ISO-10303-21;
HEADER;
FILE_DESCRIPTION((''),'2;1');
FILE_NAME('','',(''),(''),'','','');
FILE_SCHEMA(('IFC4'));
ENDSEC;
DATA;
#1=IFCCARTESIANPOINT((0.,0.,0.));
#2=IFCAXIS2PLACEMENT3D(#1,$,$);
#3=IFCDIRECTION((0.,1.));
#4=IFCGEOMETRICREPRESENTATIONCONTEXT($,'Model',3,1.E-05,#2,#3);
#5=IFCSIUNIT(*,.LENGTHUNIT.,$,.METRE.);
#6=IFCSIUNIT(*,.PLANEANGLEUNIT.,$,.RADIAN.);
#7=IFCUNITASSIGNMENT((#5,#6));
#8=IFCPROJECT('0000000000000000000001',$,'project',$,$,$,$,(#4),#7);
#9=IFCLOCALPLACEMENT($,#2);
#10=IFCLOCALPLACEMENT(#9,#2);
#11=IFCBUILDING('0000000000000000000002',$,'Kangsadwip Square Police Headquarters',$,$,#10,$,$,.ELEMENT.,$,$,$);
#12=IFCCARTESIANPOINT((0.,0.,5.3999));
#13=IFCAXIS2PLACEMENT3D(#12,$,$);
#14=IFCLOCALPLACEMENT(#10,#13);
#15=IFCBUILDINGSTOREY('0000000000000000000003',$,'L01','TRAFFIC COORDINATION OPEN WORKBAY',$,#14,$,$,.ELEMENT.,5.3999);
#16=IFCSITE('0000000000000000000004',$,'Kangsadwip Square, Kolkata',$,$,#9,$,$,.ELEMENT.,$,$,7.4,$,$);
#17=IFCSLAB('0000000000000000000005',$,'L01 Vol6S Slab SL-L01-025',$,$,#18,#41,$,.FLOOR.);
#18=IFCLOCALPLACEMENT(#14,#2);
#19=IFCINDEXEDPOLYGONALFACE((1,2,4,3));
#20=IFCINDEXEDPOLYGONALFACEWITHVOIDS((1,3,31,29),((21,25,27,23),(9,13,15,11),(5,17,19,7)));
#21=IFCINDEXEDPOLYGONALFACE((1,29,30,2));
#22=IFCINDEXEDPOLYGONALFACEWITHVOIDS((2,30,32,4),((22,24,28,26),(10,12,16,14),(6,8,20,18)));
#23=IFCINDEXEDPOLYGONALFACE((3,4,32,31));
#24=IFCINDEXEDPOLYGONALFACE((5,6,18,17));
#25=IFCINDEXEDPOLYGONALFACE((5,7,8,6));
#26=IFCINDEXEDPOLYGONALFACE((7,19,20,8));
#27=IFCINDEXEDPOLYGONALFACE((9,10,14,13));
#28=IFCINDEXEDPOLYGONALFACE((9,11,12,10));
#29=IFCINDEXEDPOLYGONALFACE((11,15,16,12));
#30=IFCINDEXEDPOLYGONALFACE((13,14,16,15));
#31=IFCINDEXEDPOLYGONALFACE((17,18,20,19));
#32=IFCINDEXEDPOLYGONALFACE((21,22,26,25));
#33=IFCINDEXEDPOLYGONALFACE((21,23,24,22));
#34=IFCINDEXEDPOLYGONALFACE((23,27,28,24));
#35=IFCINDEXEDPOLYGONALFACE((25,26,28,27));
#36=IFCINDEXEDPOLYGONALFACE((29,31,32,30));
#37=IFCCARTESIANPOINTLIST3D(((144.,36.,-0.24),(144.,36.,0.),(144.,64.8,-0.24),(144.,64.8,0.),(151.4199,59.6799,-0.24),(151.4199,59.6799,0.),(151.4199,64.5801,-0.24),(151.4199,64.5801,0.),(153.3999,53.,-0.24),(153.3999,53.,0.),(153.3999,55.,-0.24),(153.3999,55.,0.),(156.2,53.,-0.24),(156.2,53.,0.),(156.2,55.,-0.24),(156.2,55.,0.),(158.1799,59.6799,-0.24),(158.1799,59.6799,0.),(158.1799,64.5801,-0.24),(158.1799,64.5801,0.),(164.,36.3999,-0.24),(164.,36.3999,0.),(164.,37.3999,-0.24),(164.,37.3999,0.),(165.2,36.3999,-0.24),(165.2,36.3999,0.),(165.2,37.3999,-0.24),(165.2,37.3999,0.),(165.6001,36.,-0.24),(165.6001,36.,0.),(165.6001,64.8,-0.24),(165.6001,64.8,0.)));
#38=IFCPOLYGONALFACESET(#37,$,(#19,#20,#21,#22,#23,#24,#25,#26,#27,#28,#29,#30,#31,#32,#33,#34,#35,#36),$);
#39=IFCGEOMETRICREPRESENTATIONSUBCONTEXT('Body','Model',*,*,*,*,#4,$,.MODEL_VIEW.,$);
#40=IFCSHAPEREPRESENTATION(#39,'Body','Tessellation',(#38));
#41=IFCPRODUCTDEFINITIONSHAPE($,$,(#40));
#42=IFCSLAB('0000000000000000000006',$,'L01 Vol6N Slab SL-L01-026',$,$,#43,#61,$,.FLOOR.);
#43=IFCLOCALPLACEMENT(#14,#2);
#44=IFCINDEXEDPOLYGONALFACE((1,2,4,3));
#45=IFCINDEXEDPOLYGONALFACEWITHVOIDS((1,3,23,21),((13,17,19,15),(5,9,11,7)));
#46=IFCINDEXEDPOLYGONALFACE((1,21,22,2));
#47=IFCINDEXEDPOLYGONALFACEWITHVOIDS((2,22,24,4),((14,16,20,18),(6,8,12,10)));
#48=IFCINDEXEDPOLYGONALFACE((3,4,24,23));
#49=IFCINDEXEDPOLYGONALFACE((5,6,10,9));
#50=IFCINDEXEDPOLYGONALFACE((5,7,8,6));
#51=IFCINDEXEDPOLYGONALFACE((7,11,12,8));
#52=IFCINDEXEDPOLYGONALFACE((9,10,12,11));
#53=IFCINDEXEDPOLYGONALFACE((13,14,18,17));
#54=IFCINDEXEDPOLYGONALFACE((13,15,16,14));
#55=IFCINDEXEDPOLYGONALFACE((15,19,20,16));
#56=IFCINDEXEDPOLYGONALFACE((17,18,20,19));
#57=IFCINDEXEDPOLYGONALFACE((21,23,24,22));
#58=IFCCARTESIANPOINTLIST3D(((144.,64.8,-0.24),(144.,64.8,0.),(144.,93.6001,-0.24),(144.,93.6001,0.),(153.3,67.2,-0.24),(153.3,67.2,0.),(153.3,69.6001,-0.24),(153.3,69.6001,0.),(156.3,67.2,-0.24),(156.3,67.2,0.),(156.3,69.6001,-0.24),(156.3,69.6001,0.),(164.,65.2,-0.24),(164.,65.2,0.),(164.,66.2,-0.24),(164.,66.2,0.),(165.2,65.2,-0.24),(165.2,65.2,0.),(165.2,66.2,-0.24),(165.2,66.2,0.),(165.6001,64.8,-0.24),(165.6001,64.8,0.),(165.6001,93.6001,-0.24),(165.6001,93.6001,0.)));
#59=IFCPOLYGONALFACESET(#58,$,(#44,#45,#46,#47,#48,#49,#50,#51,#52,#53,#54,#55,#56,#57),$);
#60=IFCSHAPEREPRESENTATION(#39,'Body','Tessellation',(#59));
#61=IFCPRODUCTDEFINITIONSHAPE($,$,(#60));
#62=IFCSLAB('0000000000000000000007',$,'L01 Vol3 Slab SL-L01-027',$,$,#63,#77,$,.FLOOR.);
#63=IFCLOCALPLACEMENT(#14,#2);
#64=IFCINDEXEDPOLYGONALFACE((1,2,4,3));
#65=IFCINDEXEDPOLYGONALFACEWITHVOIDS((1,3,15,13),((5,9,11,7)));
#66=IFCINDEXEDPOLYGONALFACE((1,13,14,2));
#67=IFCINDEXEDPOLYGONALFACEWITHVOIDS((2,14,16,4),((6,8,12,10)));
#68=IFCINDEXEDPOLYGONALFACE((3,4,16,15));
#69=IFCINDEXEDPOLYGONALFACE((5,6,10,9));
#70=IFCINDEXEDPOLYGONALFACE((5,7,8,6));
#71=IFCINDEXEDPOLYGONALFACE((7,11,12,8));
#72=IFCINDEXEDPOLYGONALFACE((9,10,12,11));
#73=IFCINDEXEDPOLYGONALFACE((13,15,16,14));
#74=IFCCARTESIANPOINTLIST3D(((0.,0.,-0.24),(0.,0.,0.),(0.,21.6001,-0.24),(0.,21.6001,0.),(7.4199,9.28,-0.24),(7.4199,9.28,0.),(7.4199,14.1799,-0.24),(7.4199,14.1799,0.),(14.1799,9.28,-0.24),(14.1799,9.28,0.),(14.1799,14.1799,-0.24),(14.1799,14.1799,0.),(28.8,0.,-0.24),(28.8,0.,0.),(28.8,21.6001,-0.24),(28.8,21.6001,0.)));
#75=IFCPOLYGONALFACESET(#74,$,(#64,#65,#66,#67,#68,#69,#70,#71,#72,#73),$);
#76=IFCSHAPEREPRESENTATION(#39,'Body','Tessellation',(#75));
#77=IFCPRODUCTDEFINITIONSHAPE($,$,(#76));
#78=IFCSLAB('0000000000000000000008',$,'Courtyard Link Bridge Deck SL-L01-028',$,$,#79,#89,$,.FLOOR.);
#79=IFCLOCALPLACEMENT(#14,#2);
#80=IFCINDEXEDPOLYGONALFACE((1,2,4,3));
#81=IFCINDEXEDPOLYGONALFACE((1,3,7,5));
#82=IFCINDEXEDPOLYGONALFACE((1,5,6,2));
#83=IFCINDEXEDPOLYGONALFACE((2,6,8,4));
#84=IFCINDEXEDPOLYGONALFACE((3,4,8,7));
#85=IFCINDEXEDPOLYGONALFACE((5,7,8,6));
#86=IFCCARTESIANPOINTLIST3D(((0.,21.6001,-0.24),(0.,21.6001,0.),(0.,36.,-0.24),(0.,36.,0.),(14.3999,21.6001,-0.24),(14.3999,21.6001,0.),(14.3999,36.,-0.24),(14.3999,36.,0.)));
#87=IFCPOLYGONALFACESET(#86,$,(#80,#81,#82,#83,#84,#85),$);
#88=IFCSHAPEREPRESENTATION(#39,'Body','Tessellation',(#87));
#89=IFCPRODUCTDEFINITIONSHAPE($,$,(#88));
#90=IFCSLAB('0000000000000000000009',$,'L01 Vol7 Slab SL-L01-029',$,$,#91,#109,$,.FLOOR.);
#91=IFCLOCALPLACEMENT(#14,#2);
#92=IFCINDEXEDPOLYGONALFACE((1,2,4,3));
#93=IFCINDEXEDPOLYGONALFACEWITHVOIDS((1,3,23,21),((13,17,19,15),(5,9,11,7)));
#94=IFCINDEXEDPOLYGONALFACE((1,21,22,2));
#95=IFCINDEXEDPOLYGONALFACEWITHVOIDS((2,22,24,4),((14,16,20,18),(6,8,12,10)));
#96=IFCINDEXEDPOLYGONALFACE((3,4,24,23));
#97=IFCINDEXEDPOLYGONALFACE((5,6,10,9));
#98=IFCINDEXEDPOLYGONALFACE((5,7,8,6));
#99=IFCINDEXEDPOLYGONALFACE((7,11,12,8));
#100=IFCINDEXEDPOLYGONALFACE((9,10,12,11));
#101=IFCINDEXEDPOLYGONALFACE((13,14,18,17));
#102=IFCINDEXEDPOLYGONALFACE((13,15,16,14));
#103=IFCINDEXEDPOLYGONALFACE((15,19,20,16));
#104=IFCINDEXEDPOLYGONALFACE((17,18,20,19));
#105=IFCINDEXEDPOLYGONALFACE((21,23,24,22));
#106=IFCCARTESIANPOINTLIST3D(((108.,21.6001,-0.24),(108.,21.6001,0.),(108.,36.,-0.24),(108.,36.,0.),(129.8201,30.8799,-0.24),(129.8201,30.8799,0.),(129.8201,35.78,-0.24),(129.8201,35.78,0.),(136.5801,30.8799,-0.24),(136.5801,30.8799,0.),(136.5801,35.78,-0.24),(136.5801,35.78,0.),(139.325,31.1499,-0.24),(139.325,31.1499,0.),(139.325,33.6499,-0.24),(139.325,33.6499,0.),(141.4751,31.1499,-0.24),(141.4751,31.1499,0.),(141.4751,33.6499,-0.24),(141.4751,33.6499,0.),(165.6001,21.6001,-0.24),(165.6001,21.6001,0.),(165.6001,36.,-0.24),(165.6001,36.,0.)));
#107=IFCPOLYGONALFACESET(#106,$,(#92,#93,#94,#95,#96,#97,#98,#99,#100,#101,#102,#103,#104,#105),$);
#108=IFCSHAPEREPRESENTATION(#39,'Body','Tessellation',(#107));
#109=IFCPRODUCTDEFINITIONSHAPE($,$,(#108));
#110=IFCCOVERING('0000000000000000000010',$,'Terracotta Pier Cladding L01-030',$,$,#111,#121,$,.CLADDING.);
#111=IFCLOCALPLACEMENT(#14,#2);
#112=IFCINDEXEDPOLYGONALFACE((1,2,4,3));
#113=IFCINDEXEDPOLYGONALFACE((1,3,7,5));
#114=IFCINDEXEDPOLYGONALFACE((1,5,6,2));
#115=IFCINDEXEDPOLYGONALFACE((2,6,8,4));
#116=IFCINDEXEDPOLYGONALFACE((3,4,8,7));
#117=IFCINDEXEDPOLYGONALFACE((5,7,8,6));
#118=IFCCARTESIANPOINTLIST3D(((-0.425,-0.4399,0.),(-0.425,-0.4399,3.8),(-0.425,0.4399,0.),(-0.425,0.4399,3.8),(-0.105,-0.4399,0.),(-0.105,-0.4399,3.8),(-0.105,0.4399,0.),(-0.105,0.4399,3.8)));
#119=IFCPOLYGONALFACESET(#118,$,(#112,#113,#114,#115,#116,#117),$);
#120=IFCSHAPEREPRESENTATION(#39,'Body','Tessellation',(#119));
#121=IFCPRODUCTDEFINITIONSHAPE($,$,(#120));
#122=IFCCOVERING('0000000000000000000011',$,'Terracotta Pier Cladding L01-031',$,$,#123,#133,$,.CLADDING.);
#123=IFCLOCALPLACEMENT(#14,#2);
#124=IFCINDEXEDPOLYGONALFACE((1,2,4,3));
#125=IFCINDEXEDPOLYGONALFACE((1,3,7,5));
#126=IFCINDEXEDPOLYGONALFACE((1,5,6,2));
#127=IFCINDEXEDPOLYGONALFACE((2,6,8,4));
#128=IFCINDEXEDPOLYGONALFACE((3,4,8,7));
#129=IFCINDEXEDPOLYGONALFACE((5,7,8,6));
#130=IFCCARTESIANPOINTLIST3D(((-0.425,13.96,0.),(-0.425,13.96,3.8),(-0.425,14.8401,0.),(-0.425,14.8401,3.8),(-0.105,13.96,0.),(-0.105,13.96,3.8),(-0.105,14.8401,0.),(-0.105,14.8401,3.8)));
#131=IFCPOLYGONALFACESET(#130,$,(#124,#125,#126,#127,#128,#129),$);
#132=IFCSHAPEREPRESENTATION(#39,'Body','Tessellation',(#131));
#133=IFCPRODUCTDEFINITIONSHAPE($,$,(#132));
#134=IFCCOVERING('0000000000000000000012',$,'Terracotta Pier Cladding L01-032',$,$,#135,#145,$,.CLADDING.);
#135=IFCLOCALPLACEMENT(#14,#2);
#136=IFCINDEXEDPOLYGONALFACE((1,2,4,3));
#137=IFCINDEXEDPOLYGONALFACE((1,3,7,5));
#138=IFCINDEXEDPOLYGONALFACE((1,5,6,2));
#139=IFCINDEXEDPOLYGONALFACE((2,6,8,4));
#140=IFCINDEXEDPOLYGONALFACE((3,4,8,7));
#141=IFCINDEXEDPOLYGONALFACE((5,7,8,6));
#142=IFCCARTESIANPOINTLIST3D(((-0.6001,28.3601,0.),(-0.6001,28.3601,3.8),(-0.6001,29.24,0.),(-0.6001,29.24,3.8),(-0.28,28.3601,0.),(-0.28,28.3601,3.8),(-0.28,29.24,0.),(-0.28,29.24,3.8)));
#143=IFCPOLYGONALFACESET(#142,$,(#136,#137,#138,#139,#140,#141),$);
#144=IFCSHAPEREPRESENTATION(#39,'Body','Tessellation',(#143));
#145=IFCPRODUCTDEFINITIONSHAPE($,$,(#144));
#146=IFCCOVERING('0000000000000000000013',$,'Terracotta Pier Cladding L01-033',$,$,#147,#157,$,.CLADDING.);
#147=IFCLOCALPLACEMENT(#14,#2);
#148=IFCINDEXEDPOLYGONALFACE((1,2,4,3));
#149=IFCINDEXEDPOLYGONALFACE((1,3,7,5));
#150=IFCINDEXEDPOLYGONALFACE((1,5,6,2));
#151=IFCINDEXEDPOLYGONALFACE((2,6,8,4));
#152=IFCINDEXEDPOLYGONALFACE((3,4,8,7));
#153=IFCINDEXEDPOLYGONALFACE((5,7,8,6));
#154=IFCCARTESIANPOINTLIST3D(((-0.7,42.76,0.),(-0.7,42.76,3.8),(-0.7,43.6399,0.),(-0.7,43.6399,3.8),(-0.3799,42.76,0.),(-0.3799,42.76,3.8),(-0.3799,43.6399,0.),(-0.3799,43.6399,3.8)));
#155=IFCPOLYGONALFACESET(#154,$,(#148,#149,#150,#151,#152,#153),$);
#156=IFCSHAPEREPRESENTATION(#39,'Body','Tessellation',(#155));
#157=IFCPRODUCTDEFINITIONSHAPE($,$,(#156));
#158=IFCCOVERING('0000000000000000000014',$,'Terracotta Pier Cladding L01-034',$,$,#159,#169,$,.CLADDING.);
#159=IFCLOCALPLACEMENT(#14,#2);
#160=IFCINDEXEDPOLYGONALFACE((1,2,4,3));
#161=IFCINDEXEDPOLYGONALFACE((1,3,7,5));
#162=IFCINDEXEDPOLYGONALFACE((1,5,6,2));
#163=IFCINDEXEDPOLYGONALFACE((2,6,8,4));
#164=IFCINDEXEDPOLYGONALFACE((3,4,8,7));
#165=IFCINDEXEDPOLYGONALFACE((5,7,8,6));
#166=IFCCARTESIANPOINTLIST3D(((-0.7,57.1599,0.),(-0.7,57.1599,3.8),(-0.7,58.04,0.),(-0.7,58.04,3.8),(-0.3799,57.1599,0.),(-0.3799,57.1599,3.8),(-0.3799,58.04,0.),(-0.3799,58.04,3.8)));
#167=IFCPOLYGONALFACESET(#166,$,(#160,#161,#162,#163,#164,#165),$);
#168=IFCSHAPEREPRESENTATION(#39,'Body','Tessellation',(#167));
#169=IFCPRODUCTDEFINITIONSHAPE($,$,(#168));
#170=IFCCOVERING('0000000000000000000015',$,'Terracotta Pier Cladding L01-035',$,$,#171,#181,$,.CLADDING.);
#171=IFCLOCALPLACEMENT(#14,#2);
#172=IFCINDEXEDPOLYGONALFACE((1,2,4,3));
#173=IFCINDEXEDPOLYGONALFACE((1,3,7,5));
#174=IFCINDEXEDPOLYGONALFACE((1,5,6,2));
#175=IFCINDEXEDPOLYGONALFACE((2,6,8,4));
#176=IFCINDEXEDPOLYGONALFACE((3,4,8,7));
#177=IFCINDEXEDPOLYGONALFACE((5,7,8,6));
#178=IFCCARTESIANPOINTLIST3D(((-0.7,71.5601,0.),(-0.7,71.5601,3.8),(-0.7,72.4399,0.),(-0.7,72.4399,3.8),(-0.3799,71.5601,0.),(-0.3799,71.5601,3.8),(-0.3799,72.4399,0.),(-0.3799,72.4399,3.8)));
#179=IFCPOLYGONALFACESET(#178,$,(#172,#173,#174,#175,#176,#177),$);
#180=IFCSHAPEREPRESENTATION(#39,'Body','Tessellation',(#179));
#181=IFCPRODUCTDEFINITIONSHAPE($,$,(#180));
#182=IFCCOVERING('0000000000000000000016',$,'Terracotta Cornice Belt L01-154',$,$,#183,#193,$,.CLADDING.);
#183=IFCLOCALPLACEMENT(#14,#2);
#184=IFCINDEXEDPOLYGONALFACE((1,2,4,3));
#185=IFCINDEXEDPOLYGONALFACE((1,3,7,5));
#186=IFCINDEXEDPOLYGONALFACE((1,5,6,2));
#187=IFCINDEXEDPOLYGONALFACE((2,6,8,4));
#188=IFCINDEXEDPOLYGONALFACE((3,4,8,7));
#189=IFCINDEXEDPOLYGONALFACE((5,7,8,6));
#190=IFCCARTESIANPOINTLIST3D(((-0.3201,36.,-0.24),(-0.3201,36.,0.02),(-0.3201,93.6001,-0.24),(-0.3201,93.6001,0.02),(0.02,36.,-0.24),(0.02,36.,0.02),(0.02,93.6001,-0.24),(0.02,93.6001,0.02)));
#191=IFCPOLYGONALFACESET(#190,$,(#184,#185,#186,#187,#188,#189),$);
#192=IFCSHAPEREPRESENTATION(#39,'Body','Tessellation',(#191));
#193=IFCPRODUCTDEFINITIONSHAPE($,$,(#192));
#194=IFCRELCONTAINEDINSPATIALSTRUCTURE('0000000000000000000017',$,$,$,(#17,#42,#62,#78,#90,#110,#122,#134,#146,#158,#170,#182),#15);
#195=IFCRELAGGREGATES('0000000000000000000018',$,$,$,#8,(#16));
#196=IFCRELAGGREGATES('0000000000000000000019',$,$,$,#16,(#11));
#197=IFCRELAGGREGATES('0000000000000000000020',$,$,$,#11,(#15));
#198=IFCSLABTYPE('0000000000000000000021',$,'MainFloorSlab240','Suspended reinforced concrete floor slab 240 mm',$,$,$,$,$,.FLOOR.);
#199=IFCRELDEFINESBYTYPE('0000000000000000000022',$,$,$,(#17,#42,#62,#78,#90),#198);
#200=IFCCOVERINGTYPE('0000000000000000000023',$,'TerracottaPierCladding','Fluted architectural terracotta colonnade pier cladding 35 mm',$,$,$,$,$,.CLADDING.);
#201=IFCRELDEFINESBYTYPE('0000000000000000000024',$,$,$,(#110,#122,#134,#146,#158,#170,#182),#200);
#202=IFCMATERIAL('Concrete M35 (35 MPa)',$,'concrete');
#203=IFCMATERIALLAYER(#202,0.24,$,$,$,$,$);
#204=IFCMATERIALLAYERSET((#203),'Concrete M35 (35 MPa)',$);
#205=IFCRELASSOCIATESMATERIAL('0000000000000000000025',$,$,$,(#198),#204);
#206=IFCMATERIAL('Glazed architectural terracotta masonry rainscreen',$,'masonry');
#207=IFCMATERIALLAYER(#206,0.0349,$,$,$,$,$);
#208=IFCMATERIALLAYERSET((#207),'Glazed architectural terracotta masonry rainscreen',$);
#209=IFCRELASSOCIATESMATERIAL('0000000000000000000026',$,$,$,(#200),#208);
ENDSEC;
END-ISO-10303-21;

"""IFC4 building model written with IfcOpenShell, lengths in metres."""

from ifc_helpers import new_model, si_unit, direction, frame, origin, place, context, subcontext, project, spatial, polyline, outline, extrude, material, layer, layer_set, type_object, element, save


model = new_model("IFC4")

# Units and contexts
model_context = context("Model", 3, precision=1e-05, world=origin(), true_north=direction((0.0, 1.0)))
body_context = subcontext(model_context, "Body", "Model", "MODEL_VIEW")
ifc_project = project(units=[si_unit("LENGTHUNIT", "METRE"), si_unit("PLANEANGLEUNIT", "RADIAN")], contexts=[model_context])

# Site, building, storey
site_placement = place(None, origin())
site = spatial("IfcSite", under=ifc_project, at=site_placement, Name="Kangsadwip Square, Kolkata", CompositionType="ELEMENT", RefElevation=7.4)
building_placement = place(site_placement, origin())
building = spatial("IfcBuilding", under=site, at=building_placement, Name="Kangsadwip Square Police Headquarters", CompositionType="ELEMENT")
storey_placement = place(building_placement, frame((0.0, 0.0, 5.3999)))
storey = spatial("IfcBuildingStorey", under=building, at=storey_placement, Name="L01", Description="TRAFFIC COORDINATION OPEN WORKBAY", CompositionType="ELEMENT", Elevation=5.3999)

# Slabs
ifc_material_1 = material(Name="Concrete M35 (35 MPa)", Category="concrete")
ifc_layer_1 = layer(ifc_material_1, 0.24)
ifc_layer_set_1 = layer_set([ifc_layer_1], Name="Concrete M35 (35 MPa)")
slab_type = type_object("IfcSlabType", Name="MainFloorSlab240", Description="Suspended reinforced concrete floor slab 240 mm", PredefinedType="FLOOR", material=ifc_layer_set_1)
slab_1_placement = place(storey_placement, frame((0.0, 0.0, -0.24)))
element("IfcSlab", 1, at=slab_1_placement, inside=storey, type_object=slab_type, Name="L01 Vol6S Slab SL-L01-025", PredefinedType="FLOOR", context=body_context, shape_type="SweptSolid", body=[
    extrude(outline(polyline([(144.0, 36.0), (144.0, 64.8), (165.6001, 64.8), (165.6001, 36.0), (144.0, 36.0)]), holes=[polyline([(165.2, 37.3999), (164.0, 37.3999), (164.0, 36.3999), (165.2, 36.3999), (165.2, 37.3999)]), polyline([(156.2, 53.0), (156.2, 55.0), (153.3999, 55.0), (153.3999, 53.0), (156.2, 53.0)]), polyline([(151.4199, 59.6799), (158.1799, 59.6799), (158.1799, 64.5801), (151.4199, 64.5801), (151.4199, 59.6799)])]), origin(), (0.0, 0.0, 1.0), 0.24),
])
slab_2_placement = place(storey_placement, frame((0.0, 0.0, -0.24)))
element("IfcSlab", 2, at=slab_2_placement, inside=storey, type_object=slab_type, Name="L01 Vol6N Slab SL-L01-026", PredefinedType="FLOOR", context=body_context, shape_type="SweptSolid", body=[
    extrude(outline(polyline([(144.0, 64.8), (144.0, 93.6001), (165.6001, 93.6001), (165.6001, 64.8), (144.0, 64.8)]), holes=[polyline([(165.2, 66.2), (164.0, 66.2), (164.0, 65.2), (165.2, 65.2), (165.2, 66.2)]), polyline([(156.3, 69.6001), (153.3, 69.6001), (153.3, 67.2), (156.3, 67.2), (156.3, 69.6001)])]), origin(), (0.0, 0.0, 1.0), 0.24),
])
slab_3_placement = place(storey_placement, frame((0.0, 0.0, -0.24)))
element("IfcSlab", 3, at=slab_3_placement, inside=storey, type_object=slab_type, Name="L01 Vol3 Slab SL-L01-027", PredefinedType="FLOOR", context=body_context, shape_type="SweptSolid", body=[
    extrude(outline(polyline([(0.0, 0.0), (0.0, 21.6001), (28.8, 21.6001), (28.8, 0.0), (0.0, 0.0)]), holes=[polyline([(14.1799, 9.28), (14.1799, 14.1799), (7.4199, 14.1799), (7.4199, 9.28), (14.1799, 9.28)])]), origin(), (0.0, 0.0, 1.0), 0.24),
])
slab_4_placement = place(storey_placement, frame((0.0, 0.0, -0.24)))
element("IfcSlab", 4, at=slab_4_placement, inside=storey, type_object=slab_type, Name="Courtyard Link Bridge Deck SL-L01-028", PredefinedType="FLOOR", context=body_context, shape_type="SweptSolid", body=[
    extrude(outline(polyline([(0.0, 21.6001), (0.0, 36.0), (14.3999, 36.0), (14.3999, 21.6001), (0.0, 21.6001)])), origin(), (0.0, 0.0, 1.0), 0.24),
])
slab_5_placement = place(storey_placement, frame((0.0, 0.0, -0.24)))
element("IfcSlab", 5, at=slab_5_placement, inside=storey, type_object=slab_type, Name="L01 Vol7 Slab SL-L01-029", PredefinedType="FLOOR", context=body_context, shape_type="SweptSolid", body=[
    extrude(outline(polyline([(108.0, 21.6001), (108.0, 36.0), (165.6001, 36.0), (165.6001, 21.6001), (108.0, 21.6001)]), holes=[polyline([(141.4751, 33.6499), (139.325, 33.6499), (139.325, 31.1499), (141.4751, 31.1499), (141.4751, 33.6499)]), polyline([(136.5801, 30.8799), (136.5801, 35.78), (129.8201, 35.78), (129.8201, 30.8799), (136.5801, 30.8799)])]), origin(), (0.0, 0.0, 1.0), 0.24),
])

# Coverings
ifc_material_2 = material(Name="Glazed architectural terracotta masonry rainscreen", Category="masonry")
ifc_layer_2 = layer(ifc_material_2, 0.0349)
ifc_layer_set_2 = layer_set([ifc_layer_2], Name="Glazed architectural terracotta masonry rainscreen")
covering_type = type_object("IfcCoveringType", Name="TerracottaPierCladding", Description="Fluted architectural terracotta colonnade pier cladding 35 mm", PredefinedType="CLADDING", material=ifc_layer_set_2)
covering_1_placement = place(storey_placement, origin())
element("IfcCovering", 6, at=covering_1_placement, inside=storey, type_object=covering_type, Name="Terracotta Pier Cladding L01-030", PredefinedType="CLADDING", context=body_context, shape_type="SweptSolid", body=[
    extrude(outline(polyline([(-0.425, -0.4399), (-0.105, -0.4399), (-0.105, 0.4399), (-0.425, 0.4399), (-0.425, -0.4399)])), origin(), (0.0, 0.0, 1.0), 3.8),
])
covering_2_placement = place(storey_placement, origin())
element("IfcCovering", 7, at=covering_2_placement, inside=storey, type_object=covering_type, Name="Terracotta Pier Cladding L01-031", PredefinedType="CLADDING", context=body_context, shape_type="SweptSolid", body=[
    extrude(outline(polyline([(-0.425, 13.96), (-0.105, 13.96), (-0.105, 14.8401), (-0.425, 14.8401), (-0.425, 13.96)])), origin(), (0.0, 0.0, 1.0), 3.8),
])
covering_3_placement = place(storey_placement, origin())
element("IfcCovering", 8, at=covering_3_placement, inside=storey, type_object=covering_type, Name="Terracotta Pier Cladding L01-032", PredefinedType="CLADDING", context=body_context, shape_type="SweptSolid", body=[
    extrude(outline(polyline([(-0.6001, 28.3601), (-0.28, 28.3601), (-0.28, 29.24), (-0.6001, 29.24), (-0.6001, 28.3601)])), origin(), (0.0, 0.0, 1.0), 3.8),
])
covering_4_placement = place(storey_placement, origin())
element("IfcCovering", 9, at=covering_4_placement, inside=storey, type_object=covering_type, Name="Terracotta Pier Cladding L01-033", PredefinedType="CLADDING", context=body_context, shape_type="SweptSolid", body=[
    extrude(outline(polyline([(-0.7, 42.76), (-0.3799, 42.76), (-0.3799, 43.6399), (-0.7, 43.6399), (-0.7, 42.76)])), origin(), (0.0, 0.0, 1.0), 3.8),
])
covering_5_placement = place(storey_placement, origin())
element("IfcCovering", 10, at=covering_5_placement, inside=storey, type_object=covering_type, Name="Terracotta Pier Cladding L01-034", PredefinedType="CLADDING", context=body_context, shape_type="SweptSolid", body=[
    extrude(outline(polyline([(-0.7, 57.1599), (-0.3799, 57.1599), (-0.3799, 58.04), (-0.7, 58.04), (-0.7, 57.1599)])), origin(), (0.0, 0.0, 1.0), 3.8),
])
covering_6_placement = place(storey_placement, origin())
element("IfcCovering", 11, at=covering_6_placement, inside=storey, type_object=covering_type, Name="Terracotta Pier Cladding L01-035", PredefinedType="CLADDING", context=body_context, shape_type="SweptSolid", body=[
    extrude(outline(polyline([(-0.7, 71.5601), (-0.3799, 71.5601), (-0.3799, 72.4399), (-0.7, 72.4399), (-0.7, 71.5601)])), origin(), (0.0, 0.0, 1.0), 3.8),
])
covering_7_placement = place(storey_placement, frame((0.0, 0.0, -0.24)))
element("IfcCovering", 12, at=covering_7_placement, inside=storey, type_object=covering_type, Name="Terracotta Cornice Belt L01-154", PredefinedType="CLADDING", context=body_context, shape_type="SweptSolid", body=[
    extrude(outline(polyline([(-0.3201, 36.0), (0.02, 36.0), (0.02, 93.6001), (-0.3201, 93.6001), (-0.3201, 36.0)])), origin(), (0.0, 0.0, 1.0), 0.26),
])

save(model, "model.ifc")
